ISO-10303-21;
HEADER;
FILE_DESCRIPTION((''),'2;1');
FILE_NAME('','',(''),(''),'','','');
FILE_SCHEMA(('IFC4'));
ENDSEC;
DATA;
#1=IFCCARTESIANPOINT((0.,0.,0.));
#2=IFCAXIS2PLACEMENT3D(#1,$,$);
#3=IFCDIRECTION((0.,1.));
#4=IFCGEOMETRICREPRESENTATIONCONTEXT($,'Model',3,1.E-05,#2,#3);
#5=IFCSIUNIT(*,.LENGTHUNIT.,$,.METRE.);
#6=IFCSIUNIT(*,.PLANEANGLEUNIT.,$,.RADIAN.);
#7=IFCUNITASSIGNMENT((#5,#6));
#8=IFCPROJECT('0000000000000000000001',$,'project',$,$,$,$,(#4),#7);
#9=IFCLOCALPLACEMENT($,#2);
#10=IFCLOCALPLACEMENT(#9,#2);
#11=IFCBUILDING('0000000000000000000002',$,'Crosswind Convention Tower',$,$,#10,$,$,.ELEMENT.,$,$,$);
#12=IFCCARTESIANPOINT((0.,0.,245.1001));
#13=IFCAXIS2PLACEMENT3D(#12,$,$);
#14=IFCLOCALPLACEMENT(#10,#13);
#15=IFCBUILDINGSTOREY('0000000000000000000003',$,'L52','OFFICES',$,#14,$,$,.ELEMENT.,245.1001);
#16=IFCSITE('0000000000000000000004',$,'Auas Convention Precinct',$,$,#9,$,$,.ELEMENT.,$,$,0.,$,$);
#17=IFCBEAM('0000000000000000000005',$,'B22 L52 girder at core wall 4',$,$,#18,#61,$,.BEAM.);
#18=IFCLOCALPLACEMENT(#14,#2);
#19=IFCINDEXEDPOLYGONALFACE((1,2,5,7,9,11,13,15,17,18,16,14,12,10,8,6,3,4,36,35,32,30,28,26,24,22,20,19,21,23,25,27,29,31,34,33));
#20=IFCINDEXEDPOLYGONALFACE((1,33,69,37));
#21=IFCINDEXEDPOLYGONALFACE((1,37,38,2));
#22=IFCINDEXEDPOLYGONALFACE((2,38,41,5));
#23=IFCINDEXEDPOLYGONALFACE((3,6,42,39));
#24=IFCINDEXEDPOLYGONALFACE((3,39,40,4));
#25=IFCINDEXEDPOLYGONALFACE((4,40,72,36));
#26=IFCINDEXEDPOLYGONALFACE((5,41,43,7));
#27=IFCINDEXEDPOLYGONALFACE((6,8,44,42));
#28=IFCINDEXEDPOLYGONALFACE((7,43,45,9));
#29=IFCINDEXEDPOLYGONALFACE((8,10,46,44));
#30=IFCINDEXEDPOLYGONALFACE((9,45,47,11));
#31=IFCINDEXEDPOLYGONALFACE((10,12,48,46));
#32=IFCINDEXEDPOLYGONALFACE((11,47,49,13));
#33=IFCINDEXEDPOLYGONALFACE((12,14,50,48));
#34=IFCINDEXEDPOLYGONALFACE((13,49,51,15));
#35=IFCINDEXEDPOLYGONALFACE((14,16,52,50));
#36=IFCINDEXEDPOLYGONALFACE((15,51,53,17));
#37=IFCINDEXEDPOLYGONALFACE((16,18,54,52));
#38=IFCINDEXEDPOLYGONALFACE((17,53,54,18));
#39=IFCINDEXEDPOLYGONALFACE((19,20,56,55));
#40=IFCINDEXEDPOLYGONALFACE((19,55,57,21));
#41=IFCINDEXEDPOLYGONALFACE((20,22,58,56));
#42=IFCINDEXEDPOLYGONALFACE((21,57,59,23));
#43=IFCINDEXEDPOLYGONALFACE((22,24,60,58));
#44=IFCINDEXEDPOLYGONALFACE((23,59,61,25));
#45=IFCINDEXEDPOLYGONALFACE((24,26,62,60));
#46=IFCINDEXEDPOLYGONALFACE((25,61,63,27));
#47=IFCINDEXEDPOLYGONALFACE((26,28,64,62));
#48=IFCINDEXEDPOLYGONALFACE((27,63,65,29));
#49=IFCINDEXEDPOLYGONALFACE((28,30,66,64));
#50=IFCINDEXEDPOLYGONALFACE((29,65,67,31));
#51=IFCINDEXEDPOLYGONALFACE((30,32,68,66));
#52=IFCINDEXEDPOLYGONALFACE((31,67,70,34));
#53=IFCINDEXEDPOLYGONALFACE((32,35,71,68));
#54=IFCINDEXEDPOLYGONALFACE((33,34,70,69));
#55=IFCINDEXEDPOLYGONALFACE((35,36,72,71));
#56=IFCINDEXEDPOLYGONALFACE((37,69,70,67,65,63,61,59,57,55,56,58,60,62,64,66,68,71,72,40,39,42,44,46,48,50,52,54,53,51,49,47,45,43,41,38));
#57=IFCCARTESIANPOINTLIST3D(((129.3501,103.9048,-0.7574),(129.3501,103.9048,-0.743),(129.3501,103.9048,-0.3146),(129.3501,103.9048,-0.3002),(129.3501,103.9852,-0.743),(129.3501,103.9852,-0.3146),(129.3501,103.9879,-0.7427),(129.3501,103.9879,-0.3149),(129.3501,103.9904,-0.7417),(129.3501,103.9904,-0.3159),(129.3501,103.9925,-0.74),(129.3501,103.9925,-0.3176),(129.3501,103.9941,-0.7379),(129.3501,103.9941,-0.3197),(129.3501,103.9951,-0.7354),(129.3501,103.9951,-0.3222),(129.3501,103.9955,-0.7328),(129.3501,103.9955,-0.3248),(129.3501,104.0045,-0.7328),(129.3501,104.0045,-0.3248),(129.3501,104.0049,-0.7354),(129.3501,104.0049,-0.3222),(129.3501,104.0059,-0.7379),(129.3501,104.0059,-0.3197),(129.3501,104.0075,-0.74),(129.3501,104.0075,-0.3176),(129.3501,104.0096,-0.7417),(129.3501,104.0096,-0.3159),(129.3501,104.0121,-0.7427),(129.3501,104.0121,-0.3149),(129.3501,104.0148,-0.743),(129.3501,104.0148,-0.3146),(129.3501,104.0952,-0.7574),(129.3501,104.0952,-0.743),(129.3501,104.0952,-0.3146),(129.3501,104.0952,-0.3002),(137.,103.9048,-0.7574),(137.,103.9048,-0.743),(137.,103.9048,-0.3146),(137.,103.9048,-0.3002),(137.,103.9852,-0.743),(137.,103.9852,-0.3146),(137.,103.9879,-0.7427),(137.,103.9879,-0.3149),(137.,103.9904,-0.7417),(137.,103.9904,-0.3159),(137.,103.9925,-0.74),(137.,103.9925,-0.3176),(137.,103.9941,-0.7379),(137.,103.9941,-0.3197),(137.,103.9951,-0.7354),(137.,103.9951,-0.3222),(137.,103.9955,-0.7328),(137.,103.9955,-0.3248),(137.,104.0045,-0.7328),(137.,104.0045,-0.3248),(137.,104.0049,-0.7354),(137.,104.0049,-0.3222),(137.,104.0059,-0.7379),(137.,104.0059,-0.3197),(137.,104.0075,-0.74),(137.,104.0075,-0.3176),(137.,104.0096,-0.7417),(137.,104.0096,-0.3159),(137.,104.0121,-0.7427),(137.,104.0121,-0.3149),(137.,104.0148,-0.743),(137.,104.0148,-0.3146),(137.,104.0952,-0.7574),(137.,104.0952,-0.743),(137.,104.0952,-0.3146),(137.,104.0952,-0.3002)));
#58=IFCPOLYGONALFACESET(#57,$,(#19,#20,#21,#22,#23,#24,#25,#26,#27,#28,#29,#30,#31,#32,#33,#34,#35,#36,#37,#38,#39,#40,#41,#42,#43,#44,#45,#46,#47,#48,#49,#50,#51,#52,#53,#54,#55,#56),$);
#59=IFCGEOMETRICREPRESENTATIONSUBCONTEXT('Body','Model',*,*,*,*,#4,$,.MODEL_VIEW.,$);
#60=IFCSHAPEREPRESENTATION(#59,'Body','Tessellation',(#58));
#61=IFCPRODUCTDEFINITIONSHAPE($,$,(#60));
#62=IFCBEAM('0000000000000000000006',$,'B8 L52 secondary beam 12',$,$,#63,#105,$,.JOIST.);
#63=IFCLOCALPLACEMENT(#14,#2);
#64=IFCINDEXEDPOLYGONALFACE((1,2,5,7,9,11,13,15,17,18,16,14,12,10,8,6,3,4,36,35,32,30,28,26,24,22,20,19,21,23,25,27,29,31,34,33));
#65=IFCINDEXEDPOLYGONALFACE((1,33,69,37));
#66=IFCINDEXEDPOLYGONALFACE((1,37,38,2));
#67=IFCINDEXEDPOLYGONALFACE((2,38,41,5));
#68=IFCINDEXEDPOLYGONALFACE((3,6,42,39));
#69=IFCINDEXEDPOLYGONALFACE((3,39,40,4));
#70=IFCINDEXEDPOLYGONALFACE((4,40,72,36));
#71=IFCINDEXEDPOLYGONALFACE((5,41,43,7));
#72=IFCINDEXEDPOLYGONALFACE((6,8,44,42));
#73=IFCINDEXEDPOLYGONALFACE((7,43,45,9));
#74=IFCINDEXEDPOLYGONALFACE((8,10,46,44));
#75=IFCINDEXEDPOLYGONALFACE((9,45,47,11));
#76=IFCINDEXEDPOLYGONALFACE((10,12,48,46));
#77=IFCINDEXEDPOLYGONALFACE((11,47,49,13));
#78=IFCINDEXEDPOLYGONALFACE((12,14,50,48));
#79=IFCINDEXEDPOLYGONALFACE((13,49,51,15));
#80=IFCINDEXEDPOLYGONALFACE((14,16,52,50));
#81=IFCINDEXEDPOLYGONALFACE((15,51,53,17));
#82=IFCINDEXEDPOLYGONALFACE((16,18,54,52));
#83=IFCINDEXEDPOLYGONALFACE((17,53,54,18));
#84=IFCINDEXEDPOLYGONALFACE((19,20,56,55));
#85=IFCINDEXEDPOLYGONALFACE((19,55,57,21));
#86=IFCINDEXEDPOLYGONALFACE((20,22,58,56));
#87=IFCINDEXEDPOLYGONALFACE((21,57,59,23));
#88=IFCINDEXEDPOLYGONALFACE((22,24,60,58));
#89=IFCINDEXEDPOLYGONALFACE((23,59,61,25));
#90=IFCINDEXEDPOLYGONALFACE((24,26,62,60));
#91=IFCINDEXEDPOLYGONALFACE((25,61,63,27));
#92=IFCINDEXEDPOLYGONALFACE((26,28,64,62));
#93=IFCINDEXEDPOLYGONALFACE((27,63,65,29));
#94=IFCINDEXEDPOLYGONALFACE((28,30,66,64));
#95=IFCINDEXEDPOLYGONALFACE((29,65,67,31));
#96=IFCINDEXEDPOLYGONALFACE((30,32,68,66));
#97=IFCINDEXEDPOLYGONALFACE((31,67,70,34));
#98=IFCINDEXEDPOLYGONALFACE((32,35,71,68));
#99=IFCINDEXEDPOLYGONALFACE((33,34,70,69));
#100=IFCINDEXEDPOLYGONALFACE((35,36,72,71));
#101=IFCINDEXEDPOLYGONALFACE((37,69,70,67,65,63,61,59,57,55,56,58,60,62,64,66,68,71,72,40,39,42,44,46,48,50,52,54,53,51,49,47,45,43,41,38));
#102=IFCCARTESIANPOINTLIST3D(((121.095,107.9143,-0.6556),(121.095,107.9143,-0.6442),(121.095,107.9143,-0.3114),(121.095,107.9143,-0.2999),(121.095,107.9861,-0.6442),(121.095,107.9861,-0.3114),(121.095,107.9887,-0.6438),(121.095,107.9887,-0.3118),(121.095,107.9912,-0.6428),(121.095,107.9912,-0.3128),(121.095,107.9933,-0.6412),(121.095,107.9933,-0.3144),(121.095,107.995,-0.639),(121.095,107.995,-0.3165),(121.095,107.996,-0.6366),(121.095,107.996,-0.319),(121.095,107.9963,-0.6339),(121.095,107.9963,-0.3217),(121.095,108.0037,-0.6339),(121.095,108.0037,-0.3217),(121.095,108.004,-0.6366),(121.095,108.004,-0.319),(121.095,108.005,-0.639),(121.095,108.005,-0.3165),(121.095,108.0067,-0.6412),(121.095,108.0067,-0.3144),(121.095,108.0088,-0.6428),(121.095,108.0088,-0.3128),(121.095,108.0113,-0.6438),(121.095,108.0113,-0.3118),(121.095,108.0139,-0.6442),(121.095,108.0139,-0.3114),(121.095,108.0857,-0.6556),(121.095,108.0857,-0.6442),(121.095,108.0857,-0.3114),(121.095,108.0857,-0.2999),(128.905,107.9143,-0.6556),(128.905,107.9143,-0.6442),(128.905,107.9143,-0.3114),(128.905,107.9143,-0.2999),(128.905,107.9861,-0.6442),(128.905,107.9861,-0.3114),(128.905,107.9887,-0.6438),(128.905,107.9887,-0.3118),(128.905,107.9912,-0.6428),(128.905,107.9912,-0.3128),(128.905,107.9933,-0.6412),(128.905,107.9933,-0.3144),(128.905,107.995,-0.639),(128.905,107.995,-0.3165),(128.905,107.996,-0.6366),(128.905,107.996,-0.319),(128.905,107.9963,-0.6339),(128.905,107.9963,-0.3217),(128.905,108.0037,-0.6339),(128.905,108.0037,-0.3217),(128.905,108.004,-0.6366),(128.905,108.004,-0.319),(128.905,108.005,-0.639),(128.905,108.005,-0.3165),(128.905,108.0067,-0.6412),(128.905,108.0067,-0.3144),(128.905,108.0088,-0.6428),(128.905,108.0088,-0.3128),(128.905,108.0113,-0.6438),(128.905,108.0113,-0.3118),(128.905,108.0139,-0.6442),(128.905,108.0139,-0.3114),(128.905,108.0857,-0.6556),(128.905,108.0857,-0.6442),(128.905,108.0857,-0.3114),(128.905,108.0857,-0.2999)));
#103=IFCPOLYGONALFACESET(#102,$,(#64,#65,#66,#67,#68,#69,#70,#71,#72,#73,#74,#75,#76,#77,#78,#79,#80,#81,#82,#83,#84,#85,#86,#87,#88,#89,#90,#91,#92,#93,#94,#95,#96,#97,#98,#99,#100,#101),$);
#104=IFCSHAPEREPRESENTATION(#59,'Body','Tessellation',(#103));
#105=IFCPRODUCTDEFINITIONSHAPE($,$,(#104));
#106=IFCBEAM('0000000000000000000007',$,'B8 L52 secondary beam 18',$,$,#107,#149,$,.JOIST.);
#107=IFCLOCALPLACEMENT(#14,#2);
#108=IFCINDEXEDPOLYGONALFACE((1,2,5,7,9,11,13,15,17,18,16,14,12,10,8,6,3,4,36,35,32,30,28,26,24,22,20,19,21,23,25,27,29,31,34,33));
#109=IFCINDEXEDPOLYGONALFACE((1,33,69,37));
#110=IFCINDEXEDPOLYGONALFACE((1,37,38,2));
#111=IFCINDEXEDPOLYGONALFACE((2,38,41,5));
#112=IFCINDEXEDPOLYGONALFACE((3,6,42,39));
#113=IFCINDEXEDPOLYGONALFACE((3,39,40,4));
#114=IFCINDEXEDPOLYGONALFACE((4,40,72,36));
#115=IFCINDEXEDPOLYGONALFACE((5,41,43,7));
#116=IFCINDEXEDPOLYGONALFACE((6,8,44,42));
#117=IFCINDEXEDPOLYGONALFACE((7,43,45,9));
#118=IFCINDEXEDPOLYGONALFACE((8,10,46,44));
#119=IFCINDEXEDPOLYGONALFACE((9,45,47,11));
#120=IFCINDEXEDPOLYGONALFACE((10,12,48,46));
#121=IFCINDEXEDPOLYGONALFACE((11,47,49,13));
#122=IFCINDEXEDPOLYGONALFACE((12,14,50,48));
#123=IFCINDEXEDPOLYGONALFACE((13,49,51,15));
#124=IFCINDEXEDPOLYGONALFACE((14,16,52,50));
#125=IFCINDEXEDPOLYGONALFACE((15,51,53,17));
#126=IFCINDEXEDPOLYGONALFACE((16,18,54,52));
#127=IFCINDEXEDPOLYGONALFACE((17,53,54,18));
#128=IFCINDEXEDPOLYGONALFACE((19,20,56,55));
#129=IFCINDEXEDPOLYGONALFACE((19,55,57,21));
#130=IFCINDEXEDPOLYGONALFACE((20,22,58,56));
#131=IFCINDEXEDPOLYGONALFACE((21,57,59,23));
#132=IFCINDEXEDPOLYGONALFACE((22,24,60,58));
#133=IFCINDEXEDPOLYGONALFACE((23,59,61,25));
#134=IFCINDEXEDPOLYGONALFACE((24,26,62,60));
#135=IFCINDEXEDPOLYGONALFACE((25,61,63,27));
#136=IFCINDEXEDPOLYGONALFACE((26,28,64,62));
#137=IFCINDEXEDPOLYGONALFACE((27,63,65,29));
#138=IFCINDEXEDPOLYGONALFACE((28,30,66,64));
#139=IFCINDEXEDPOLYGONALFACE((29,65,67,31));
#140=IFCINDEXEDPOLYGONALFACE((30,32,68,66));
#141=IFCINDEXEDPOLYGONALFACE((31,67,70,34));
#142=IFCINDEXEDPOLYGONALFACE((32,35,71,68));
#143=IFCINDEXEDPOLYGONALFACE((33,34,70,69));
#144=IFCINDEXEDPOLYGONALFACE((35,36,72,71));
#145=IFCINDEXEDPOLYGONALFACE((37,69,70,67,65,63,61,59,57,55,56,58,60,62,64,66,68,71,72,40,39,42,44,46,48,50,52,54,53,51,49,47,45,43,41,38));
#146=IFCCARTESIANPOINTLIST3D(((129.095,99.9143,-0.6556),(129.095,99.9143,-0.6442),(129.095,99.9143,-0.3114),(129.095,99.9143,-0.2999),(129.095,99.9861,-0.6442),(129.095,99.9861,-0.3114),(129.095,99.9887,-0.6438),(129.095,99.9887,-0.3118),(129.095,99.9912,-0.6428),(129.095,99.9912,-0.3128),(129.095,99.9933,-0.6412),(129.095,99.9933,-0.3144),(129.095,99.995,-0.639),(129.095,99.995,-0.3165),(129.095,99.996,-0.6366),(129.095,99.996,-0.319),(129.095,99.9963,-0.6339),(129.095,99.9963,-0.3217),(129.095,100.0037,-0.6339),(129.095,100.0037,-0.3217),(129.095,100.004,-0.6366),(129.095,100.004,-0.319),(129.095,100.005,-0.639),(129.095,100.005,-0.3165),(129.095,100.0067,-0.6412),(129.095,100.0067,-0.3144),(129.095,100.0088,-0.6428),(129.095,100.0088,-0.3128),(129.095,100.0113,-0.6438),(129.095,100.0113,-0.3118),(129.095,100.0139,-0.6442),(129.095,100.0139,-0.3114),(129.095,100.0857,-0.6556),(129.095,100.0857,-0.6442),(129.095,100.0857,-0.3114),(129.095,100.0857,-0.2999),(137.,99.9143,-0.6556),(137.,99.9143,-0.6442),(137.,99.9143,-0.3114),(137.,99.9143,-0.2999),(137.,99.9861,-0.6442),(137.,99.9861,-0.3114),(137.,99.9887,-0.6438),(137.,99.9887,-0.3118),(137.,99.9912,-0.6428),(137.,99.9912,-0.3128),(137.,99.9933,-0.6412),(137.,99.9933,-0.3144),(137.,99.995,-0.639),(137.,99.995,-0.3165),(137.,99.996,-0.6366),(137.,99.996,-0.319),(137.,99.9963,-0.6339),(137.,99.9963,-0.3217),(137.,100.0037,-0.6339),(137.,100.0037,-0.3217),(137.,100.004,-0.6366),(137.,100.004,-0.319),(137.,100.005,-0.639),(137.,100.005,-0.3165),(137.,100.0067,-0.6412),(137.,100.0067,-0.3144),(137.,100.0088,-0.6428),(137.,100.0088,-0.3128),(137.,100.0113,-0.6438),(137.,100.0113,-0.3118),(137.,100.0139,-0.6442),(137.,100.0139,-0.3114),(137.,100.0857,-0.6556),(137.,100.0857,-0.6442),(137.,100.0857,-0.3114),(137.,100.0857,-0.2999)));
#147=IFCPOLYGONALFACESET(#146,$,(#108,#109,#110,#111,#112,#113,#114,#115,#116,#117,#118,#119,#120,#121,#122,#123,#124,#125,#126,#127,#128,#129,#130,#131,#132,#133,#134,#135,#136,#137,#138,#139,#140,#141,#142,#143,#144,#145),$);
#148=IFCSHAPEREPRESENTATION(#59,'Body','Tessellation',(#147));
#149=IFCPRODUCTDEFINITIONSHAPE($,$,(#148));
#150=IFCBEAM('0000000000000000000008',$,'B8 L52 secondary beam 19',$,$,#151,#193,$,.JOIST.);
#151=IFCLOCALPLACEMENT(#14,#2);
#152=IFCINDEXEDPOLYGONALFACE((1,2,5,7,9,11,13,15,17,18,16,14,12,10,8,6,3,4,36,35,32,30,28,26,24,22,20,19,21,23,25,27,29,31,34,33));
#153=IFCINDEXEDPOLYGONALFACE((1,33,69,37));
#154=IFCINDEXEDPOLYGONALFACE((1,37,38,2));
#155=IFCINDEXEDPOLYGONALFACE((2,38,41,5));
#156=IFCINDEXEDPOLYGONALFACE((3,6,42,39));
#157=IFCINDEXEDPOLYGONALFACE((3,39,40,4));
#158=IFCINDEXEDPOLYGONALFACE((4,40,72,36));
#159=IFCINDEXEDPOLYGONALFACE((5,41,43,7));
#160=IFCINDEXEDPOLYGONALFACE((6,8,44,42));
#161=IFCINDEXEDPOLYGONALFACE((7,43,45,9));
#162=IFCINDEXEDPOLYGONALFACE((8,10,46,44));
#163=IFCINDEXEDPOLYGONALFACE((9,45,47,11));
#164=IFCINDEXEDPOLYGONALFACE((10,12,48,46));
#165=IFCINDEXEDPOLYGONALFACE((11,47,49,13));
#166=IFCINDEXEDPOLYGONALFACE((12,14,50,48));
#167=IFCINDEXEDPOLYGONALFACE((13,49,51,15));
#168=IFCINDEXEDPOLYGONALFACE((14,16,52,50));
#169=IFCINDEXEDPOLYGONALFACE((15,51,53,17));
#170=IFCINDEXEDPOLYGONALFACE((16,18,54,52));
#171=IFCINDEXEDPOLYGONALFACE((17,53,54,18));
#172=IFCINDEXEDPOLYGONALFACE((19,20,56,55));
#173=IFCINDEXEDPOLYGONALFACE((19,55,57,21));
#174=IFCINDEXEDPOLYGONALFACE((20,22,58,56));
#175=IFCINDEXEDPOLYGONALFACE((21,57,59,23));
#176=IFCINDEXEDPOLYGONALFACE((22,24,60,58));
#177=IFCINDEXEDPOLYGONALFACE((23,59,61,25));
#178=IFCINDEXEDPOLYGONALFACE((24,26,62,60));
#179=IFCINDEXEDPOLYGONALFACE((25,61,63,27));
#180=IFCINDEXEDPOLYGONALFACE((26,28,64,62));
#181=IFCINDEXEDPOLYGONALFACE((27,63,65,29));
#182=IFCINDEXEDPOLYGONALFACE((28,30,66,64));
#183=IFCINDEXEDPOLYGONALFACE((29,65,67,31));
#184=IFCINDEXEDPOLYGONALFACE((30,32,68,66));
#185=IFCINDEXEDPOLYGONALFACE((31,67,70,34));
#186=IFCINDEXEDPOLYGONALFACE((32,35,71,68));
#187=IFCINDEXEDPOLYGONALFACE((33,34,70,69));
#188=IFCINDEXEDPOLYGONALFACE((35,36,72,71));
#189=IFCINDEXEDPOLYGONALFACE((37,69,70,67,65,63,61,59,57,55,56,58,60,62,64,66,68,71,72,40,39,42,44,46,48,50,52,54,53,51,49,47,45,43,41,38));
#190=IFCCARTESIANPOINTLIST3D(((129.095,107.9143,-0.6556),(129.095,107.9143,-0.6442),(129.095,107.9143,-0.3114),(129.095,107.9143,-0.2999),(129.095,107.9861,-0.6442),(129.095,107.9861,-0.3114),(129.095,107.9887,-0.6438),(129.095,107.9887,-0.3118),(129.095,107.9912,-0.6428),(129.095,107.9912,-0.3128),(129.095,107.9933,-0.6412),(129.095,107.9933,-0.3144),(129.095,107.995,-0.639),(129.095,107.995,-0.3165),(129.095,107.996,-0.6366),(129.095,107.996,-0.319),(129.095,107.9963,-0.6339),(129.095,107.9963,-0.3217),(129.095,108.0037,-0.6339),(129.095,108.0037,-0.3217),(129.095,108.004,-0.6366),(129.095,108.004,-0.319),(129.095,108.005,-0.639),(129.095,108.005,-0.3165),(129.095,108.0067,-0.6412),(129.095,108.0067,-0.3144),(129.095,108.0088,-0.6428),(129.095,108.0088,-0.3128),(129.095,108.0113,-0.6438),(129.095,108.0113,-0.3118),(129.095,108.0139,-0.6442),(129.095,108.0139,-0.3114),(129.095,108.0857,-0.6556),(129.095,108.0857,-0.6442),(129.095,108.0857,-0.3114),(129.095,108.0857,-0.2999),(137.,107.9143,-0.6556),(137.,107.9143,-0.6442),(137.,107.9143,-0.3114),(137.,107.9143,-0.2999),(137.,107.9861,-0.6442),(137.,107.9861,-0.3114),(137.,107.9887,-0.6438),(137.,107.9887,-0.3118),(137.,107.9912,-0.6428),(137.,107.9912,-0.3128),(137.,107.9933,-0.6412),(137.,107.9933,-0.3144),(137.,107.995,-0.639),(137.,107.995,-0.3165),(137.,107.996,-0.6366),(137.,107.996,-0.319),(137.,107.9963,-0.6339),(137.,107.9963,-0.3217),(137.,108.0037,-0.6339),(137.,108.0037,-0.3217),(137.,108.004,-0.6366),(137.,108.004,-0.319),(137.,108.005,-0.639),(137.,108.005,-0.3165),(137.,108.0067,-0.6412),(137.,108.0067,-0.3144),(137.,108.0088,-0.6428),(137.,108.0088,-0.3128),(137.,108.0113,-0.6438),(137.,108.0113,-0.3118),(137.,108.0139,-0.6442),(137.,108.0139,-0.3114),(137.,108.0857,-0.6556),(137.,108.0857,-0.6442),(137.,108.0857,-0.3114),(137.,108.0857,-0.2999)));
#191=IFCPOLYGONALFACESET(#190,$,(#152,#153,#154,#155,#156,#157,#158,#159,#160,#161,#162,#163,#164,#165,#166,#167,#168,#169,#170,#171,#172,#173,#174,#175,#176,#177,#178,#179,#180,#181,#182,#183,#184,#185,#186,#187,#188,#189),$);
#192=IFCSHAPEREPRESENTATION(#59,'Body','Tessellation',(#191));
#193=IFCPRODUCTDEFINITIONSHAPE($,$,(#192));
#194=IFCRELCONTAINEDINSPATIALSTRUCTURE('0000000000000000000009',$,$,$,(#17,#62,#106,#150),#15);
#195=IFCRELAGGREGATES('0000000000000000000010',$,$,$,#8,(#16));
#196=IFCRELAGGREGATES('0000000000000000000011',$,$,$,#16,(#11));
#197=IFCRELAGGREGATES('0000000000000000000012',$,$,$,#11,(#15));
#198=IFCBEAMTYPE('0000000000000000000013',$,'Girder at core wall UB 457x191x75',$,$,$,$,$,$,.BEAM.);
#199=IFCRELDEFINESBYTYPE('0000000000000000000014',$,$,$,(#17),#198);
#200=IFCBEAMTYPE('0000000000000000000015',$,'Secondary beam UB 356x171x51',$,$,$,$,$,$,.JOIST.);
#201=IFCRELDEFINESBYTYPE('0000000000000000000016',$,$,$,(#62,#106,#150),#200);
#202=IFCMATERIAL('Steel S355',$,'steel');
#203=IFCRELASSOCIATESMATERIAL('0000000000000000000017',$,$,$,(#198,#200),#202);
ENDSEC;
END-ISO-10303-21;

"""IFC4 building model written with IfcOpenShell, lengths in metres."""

from ifc_helpers import new_model, si_unit, direction, frame, origin, origin_2d, place, context, subcontext, project, spatial, i_section, extrude, material, material_profile, profile_set, type_object, element, save


model = new_model("IFC4")

# Units and contexts
model_context = context("Model", 3, precision=1e-05, world=origin(), true_north=direction((0.0, 1.0)))
body_context = subcontext(model_context, "Body", "Model", "MODEL_VIEW")
ifc_project = project(units=[si_unit("LENGTHUNIT", "METRE"), si_unit("PLANEANGLEUNIT", "RADIAN")], contexts=[model_context])

# Site, building, storey
site_placement = place(None, origin())
site = spatial("IfcSite", under=ifc_project, at=site_placement, Name="Auas Convention Precinct", CompositionType="ELEMENT", RefElevation=0.0)
building_placement = place(site_placement, origin())
building = spatial("IfcBuilding", under=site, at=building_placement, Name="Crosswind Convention Tower", CompositionType="ELEMENT")
storey_placement = place(building_placement, frame((0.0, 0.0, 245.1001)))
storey = spatial("IfcBuildingStorey", under=building, at=storey_placement, Name="L52", Description="OFFICES", CompositionType="ELEMENT", Elevation=245.1001)

# Beams
ifc_material_1 = material(Name="Steel S355", Category="steel")
ifc_material_profile_1 = material_profile(ifc_material_1, i_section(OverallWidth=0.1904, OverallDepth=0.4573, WebThickness=0.009, FlangeThickness=0.0144, FilletRadius=0.0103, at=origin_2d()), Name="UB 457x191x75")
ifc_profile_set_1 = profile_set([ifc_material_profile_1], Name="Steel S355")
beam_type_1 = type_object("IfcBeamType", Name="Girder at core wall UB 457x191x75", PredefinedType="BEAM", material=ifc_profile_set_1)
beam_1_placement = place(storey_placement, frame((129.3501, 104.0, -0.5288), z_axis=(1.0, 0.0, 0.0), x_axis=(0.0, 1.0, 0.0)))
element("IfcBeam", 1, at=beam_1_placement, inside=storey, type_object=beam_type_1, Name="B22 L52 girder at core wall 4", PredefinedType="BEAM", context=body_context, shape_type="SweptSolid", body=[
    extrude(i_section(OverallWidth=0.1904, OverallDepth=0.4573, WebThickness=0.009, FlangeThickness=0.0144, FilletRadius=0.0103, at=origin_2d()), origin(), (0.0, 0.0, 1.0), 7.6499),
])
ifc_material_profile_2 = material_profile(ifc_material_1, i_section(OverallWidth=0.1714, OverallDepth=0.3557, WebThickness=0.0073, FlangeThickness=0.0115, FilletRadius=0.0103, at=origin_2d()), Name="UB 356x171x51")
ifc_profile_set_2 = profile_set([ifc_material_profile_2], Name="Steel S355")
beam_type_2 = type_object("IfcBeamType", Name="Secondary beam UB 356x171x51", PredefinedType="JOIST", material=ifc_profile_set_2)
beam_2_placement = place(storey_placement, frame((121.095, 108.0, -0.4778), z_axis=(1.0, 0.0, 0.0), x_axis=(0.0, 1.0, 0.0)))
element("IfcBeam", 2, at=beam_2_placement, inside=storey, type_object=beam_type_2, Name="B8 L52 secondary beam 12", PredefinedType="JOIST", context=body_context, shape_type="SweptSolid", body=[
    extrude(i_section(OverallWidth=0.1714, OverallDepth=0.3557, WebThickness=0.0073, FlangeThickness=0.0115, FilletRadius=0.0103, at=origin_2d()), origin(), (0.0, 0.0, 1.0), 7.8101),
])
for number, where, z_axis, x_axis, name in (
    (3, (129.095, 100.0, -0.4778), (1.0, 0.0, 0.0), (0.0, 1.0, 0.0), "B8 L52 secondary beam 18"),
    (4, (129.095, 108.0, -0.4778), (1.0, 0.0, 0.0), (0.0, 1.0, 0.0), "B8 L52 secondary beam 19"),
):
    element("IfcBeam", number, at=place(storey_placement, frame(where, z_axis=z_axis, x_axis=x_axis)), inside=storey, type_object=beam_type_2, Name=name, PredefinedType="JOIST", context=body_context, shape_type="SweptSolid", body=[
        extrude(i_section(OverallWidth=0.1714, OverallDepth=0.3557, WebThickness=0.0073, FlangeThickness=0.0115, FilletRadius=0.0103, at=origin_2d()), origin(), (0.0, 0.0, 1.0), 7.905),
    ])

save(model, "model.ifc")
